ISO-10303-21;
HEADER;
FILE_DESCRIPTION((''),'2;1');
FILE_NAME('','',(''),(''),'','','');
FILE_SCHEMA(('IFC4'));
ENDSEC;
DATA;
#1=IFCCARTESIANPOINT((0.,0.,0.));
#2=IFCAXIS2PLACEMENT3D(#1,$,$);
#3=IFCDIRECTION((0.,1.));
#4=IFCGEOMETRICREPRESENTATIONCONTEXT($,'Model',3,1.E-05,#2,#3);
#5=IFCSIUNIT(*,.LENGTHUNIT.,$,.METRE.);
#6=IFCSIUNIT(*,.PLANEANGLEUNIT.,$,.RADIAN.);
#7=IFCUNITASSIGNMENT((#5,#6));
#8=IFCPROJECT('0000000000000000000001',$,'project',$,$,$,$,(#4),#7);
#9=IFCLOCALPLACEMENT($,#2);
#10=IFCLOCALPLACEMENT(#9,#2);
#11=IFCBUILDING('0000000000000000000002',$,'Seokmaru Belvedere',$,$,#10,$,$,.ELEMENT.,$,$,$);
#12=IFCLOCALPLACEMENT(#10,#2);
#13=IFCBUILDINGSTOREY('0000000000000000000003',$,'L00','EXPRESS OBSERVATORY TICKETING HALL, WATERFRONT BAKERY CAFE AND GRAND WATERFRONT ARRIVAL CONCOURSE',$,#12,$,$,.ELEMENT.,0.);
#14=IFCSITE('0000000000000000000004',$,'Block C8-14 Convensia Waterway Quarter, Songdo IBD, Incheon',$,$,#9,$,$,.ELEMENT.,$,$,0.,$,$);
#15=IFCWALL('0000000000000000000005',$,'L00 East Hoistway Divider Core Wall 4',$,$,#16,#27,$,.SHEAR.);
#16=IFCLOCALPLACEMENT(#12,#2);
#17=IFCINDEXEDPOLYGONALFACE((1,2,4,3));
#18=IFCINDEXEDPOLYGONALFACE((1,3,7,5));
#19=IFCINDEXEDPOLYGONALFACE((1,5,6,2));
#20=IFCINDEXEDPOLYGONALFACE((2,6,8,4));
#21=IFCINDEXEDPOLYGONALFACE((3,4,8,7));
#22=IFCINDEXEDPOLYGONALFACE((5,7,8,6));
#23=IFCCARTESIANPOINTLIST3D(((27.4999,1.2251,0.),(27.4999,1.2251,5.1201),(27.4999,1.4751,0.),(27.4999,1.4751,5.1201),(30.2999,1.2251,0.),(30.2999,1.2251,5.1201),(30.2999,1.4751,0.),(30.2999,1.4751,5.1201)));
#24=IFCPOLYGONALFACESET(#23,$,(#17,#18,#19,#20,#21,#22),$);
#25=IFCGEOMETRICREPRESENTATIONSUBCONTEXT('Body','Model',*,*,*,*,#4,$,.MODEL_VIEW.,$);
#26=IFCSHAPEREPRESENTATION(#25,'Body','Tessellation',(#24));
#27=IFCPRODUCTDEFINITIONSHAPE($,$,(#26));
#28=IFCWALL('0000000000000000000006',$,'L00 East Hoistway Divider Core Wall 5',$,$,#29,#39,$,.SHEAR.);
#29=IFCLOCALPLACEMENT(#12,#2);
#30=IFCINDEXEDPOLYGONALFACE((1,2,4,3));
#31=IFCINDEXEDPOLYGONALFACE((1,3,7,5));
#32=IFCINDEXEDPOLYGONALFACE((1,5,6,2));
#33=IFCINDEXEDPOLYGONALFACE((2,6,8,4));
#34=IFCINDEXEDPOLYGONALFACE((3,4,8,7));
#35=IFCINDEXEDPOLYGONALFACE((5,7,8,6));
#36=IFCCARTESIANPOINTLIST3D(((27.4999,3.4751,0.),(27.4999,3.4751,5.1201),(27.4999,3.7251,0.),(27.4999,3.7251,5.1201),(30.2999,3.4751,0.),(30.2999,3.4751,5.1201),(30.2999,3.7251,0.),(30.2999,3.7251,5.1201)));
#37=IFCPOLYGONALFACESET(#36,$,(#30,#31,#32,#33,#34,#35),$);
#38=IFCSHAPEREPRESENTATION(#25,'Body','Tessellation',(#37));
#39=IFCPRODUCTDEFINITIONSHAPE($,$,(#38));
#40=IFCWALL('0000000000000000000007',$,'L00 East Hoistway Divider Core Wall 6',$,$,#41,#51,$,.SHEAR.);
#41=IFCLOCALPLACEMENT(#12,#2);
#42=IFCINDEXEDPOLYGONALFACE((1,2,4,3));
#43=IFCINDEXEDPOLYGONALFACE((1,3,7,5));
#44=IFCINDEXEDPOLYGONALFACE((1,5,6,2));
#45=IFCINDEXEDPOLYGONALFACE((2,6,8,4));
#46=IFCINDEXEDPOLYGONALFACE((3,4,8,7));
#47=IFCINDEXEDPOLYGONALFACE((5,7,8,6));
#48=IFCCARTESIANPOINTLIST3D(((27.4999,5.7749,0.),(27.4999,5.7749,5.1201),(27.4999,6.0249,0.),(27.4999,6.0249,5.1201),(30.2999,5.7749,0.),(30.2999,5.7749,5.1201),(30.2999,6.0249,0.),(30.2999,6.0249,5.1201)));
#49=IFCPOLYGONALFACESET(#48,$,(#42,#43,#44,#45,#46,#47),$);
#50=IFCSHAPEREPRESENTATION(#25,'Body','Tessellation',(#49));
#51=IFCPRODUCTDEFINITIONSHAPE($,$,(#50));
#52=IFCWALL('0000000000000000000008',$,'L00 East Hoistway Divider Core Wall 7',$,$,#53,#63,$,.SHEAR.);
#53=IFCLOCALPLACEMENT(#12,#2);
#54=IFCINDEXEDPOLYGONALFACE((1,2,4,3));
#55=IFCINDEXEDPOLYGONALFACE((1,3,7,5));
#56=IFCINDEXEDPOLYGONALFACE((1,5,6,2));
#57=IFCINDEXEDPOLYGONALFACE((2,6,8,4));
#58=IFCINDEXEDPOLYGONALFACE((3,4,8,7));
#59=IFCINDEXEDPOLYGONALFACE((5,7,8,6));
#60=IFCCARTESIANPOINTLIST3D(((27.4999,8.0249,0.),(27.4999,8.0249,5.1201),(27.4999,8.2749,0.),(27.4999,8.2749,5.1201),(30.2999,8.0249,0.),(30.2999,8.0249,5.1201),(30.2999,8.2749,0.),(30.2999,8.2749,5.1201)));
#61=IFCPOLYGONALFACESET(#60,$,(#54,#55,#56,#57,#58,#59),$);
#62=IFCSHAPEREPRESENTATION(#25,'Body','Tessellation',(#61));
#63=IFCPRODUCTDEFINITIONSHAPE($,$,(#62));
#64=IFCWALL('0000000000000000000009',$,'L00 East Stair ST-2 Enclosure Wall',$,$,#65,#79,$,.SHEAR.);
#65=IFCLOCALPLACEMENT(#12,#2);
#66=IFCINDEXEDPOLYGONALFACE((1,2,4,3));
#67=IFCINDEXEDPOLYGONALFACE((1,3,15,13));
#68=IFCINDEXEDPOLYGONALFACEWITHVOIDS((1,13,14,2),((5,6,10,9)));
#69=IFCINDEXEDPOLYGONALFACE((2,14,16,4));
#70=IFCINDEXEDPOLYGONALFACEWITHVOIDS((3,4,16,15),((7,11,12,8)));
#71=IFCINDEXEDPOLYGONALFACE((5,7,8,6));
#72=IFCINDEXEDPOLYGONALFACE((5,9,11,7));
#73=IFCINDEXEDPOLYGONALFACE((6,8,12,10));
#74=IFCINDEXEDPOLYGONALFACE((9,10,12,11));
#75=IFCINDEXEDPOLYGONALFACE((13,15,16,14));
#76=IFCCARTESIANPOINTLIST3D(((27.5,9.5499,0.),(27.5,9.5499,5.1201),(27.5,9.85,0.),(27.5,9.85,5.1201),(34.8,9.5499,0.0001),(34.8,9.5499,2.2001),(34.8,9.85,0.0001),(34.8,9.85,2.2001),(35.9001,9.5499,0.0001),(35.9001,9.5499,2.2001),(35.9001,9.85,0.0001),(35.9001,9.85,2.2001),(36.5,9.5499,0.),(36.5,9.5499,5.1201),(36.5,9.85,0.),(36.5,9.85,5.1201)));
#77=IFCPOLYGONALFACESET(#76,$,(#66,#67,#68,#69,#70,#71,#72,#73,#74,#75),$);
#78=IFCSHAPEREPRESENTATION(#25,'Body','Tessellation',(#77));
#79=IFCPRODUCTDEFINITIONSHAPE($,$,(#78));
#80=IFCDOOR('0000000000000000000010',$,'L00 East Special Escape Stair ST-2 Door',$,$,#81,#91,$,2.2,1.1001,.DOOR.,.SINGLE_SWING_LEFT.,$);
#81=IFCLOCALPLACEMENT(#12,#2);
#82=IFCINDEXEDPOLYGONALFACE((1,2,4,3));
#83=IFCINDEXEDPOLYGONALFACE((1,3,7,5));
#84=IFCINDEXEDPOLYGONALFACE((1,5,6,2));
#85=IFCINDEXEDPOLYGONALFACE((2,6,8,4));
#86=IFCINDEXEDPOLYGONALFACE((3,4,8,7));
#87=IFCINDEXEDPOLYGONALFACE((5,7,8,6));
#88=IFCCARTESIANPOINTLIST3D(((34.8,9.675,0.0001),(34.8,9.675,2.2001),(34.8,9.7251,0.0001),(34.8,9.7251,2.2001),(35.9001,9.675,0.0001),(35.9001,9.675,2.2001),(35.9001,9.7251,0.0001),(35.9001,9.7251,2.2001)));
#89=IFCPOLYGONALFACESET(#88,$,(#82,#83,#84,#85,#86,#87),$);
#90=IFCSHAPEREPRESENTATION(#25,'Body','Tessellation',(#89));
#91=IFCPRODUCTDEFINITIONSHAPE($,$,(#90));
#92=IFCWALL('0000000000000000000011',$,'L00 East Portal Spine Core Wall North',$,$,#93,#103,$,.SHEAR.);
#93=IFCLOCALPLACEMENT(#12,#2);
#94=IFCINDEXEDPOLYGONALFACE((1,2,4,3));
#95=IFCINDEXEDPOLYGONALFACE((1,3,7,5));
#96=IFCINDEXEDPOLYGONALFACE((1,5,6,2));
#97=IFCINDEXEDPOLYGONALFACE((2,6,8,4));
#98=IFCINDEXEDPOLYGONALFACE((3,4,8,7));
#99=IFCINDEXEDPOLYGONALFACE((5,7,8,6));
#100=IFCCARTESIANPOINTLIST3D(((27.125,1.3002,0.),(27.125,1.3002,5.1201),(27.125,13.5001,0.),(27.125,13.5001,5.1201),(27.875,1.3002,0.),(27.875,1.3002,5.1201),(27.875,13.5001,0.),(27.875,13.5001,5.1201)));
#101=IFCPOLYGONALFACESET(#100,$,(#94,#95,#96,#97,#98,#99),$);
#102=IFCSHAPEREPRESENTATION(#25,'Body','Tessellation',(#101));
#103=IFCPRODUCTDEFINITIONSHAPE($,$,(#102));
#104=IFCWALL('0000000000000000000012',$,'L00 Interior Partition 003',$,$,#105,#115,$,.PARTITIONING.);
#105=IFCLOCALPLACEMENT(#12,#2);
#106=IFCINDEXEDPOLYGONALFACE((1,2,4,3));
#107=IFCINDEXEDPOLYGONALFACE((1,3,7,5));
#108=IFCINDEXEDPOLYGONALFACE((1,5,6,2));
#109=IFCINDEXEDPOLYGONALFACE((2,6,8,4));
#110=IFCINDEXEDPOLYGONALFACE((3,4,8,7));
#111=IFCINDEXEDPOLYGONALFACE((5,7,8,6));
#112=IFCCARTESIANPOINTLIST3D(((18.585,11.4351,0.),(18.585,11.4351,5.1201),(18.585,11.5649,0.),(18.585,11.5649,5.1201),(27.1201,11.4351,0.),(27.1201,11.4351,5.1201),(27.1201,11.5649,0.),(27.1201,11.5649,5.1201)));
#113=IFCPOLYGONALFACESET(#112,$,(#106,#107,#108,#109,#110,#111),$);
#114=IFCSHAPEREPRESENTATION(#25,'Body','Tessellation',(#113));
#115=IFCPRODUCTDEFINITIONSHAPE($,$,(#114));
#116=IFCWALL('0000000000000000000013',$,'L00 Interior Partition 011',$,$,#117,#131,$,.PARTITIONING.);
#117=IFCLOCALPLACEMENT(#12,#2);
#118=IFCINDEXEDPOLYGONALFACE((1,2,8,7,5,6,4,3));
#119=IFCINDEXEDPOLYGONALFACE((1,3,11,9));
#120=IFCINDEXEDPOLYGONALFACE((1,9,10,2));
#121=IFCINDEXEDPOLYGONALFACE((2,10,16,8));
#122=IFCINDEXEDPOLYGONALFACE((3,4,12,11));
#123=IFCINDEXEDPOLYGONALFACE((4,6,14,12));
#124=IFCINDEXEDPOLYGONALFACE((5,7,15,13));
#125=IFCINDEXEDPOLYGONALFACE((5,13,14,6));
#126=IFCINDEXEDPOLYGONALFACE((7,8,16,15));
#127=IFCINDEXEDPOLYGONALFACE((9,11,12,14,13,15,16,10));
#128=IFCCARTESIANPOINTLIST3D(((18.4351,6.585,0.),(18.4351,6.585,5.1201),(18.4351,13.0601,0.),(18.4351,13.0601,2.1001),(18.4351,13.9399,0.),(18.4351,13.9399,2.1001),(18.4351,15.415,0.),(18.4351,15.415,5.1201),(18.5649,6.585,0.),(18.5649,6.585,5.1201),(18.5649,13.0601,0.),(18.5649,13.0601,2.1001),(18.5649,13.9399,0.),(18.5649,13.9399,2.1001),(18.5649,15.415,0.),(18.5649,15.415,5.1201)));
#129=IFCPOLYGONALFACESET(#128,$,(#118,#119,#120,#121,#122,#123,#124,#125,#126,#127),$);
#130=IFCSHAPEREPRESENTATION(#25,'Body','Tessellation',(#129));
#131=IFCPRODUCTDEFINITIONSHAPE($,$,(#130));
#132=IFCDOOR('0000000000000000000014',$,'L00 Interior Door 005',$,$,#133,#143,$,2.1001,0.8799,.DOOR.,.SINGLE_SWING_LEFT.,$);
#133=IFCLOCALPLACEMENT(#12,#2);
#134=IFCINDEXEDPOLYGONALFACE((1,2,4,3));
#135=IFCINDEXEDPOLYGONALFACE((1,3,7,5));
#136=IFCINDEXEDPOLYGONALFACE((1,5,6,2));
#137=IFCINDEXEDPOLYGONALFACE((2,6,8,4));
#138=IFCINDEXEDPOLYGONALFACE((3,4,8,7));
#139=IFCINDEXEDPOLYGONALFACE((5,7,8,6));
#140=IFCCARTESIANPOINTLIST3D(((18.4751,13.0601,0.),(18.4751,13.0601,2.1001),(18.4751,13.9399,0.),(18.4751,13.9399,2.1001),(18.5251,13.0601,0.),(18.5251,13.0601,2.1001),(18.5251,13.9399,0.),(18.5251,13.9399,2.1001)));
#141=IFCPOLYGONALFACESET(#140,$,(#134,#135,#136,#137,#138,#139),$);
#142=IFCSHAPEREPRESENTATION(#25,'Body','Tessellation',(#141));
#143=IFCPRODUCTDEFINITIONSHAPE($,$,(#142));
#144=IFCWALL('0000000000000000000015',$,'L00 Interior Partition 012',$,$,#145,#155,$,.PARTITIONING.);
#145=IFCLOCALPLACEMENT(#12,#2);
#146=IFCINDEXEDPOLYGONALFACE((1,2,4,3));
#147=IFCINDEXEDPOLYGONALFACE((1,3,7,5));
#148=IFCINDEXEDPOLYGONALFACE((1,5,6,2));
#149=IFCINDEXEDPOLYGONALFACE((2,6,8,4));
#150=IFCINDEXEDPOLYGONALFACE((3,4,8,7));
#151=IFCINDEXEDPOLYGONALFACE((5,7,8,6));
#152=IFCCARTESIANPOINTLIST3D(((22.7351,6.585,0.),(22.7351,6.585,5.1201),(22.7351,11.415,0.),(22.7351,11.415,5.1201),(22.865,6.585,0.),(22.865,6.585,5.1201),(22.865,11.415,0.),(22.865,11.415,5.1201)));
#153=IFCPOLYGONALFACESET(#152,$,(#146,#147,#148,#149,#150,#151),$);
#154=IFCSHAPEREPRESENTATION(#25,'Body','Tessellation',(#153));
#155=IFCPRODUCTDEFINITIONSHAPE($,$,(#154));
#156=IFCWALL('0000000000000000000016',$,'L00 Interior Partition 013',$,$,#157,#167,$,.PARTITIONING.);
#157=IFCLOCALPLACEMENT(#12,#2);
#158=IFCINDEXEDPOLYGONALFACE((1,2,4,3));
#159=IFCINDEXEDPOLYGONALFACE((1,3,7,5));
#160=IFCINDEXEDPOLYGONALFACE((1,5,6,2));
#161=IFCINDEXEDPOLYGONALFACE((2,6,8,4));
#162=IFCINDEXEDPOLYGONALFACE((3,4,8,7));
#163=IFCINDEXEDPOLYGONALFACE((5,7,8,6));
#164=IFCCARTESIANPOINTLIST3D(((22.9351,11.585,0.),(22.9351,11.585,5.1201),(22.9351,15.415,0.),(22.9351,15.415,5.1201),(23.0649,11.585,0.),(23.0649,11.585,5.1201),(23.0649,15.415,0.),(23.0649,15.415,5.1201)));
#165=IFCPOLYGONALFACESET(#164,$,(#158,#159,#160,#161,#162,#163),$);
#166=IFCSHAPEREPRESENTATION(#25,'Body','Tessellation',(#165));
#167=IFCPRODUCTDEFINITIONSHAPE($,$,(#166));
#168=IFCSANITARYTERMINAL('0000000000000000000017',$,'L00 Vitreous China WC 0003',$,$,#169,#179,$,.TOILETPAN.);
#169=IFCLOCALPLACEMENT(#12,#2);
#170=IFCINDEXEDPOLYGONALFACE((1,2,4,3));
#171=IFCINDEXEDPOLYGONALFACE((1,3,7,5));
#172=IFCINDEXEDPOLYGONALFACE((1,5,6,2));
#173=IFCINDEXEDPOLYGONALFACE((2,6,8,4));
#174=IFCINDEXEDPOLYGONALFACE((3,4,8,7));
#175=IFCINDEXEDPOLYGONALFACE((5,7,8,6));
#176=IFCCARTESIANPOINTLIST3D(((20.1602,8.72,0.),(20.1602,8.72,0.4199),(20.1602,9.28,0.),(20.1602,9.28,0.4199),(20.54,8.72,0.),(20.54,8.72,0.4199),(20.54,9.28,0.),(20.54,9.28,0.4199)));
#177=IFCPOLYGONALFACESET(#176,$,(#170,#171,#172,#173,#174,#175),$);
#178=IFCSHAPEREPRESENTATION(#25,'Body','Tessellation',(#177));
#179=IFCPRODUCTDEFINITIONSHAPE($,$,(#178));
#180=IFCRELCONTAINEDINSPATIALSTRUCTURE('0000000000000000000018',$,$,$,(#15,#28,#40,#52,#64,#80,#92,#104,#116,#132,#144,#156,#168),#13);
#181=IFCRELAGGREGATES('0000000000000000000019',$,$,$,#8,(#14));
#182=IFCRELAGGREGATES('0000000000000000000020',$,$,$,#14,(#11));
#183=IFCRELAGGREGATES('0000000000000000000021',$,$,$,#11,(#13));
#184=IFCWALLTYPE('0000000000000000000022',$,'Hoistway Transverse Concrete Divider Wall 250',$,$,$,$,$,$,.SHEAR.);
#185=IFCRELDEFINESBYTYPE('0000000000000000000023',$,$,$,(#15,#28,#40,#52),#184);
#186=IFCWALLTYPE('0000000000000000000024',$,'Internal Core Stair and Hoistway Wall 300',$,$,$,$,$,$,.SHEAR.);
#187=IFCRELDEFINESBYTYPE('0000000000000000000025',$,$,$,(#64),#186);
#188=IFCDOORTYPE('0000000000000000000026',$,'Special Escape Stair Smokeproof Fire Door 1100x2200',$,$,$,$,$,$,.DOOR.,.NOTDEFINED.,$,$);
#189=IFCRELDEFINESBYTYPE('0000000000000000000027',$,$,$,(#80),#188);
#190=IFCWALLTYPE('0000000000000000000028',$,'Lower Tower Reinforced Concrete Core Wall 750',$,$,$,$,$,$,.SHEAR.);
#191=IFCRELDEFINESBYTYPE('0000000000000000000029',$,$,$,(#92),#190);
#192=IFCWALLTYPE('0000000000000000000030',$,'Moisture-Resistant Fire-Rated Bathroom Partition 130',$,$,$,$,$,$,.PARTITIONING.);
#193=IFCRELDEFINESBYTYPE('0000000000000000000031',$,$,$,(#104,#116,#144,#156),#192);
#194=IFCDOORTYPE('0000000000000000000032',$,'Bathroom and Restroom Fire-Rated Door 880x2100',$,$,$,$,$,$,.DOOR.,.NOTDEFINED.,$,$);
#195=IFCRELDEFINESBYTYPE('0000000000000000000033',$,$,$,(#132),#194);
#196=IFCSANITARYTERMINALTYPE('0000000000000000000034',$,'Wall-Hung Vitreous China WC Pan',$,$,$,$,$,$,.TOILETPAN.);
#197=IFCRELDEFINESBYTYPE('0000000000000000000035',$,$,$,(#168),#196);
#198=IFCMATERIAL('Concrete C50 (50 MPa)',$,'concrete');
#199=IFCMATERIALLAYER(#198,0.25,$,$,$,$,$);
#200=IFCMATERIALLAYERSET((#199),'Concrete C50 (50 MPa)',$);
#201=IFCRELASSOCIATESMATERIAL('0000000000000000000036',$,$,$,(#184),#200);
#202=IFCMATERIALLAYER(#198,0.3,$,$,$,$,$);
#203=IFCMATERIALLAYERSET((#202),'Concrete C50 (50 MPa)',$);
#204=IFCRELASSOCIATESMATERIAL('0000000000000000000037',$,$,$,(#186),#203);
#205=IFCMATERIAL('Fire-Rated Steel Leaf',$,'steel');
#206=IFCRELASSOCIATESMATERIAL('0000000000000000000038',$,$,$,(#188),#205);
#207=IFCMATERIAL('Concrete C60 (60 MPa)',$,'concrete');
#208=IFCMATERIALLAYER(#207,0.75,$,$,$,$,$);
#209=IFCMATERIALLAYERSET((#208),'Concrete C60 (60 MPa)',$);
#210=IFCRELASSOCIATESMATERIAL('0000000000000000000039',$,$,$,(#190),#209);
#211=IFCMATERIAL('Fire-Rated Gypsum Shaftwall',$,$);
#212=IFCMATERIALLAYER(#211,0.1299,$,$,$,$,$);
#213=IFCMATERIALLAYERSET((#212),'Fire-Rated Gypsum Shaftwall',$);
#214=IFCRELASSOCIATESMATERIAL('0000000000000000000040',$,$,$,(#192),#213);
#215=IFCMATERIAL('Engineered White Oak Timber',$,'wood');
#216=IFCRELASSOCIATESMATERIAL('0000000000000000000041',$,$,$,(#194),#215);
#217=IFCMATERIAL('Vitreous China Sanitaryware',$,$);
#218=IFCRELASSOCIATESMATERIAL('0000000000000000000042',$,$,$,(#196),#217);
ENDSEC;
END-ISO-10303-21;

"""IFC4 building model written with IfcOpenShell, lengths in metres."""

from ifc_helpers import new_model, si_unit, direction, frame, frame_2d, origin, origin_2d, place, context, subcontext, project, spatial, rectangle, extrude, source, transform, mapped, material, layer, layer_set, type_object, type_shapes, element, fill, save


model = new_model("IFC4")

# Units and contexts
model_context = context("Model", 3, precision=1e-05, world=origin(), true_north=direction((0.0, 1.0)))
body_context = subcontext(model_context, "Body", "Model", "MODEL_VIEW")
ifc_project = project(units=[si_unit("LENGTHUNIT", "METRE"), si_unit("PLANEANGLEUNIT", "RADIAN")], contexts=[model_context])

# Site, building, storey
site_placement = place(None, origin())
site = spatial("IfcSite", under=ifc_project, at=site_placement, Name="Block C8-14 Convensia Waterway Quarter, Songdo IBD, Incheon", CompositionType="ELEMENT", RefElevation=0.0)
building_placement = place(site_placement, origin())
building = spatial("IfcBuilding", under=site, at=building_placement, Name="Seokmaru Belvedere", CompositionType="ELEMENT")
storey_placement = place(building_placement, origin())
storey = spatial("IfcBuildingStorey", under=building, at=storey_placement, Name="L00", Description="EXPRESS OBSERVATORY TICKETING HALL, WATERFRONT BAKERY CAFE AND GRAND WATERFRONT ARRIVAL CONCOURSE", CompositionType="ELEMENT", Elevation=0.0)

# Walls
ifc_material_1 = material(Name="Concrete C50 (50 MPa)", Category="concrete")
ifc_layer_1 = layer(ifc_material_1, 0.25)
ifc_layer_set_1 = layer_set([ifc_layer_1], Name="Concrete C50 (50 MPa)")
wall_type_1 = type_object("IfcWallType", Name="Hoistway Transverse Concrete Divider Wall 250", PredefinedType="SHEAR", material=ifc_layer_set_1)
for number, where, z_axis, x_axis, name in (
    (1, (27.5, 1.3501, 0.0), (0.0, 0.0, 1.0), (1.0, 0.0, 0.0), "L00 East Hoistway Divider Core Wall 4"),
    (2, (27.5, 3.6001, 0.0), (0.0, 0.0, 1.0), (1.0, 0.0, 0.0), "L00 East Hoistway Divider Core Wall 5"),
    (3, (27.5, 5.8999, 0.0), (0.0, 0.0, 1.0), (1.0, 0.0, 0.0), "L00 East Hoistway Divider Core Wall 6"),
    (4, (27.5, 8.1499, 0.0), (0.0, 0.0, 1.0), (1.0, 0.0, 0.0), "L00 East Hoistway Divider Core Wall 7"),
):
    element("IfcWall", number, at=place(storey_placement, frame(where, z_axis=z_axis, x_axis=x_axis)), inside=storey, type_object=wall_type_1, Name=name, PredefinedType="SHEAR", context=body_context, shape_type="SweptSolid", body=[
        extrude(rectangle(XDim=2.8, YDim=0.25, at=frame_2d((1.3999, 0.0))), origin(), (0.0, 0.0, 1.0), 5.1201),
    ])

# Wall, opening, door
ifc_layer_2 = layer(ifc_material_1, 0.3)
ifc_layer_set_2 = layer_set([ifc_layer_2], Name="Concrete C50 (50 MPa)")
wall_type_2 = type_object("IfcWallType", Name="Internal Core Stair and Hoistway Wall 300", PredefinedType="SHEAR", material=ifc_layer_set_2)
wall_1_placement = place(storey_placement, frame((27.5, 9.7, 0.0), z_axis=(0.0, 0.0, 1.0), x_axis=(1.0, 0.0, 0.0)))
wall_1 = element("IfcWall", 5, at=wall_1_placement, inside=storey, type_object=wall_type_2, Name="L00 East Stair ST-2 Enclosure Wall", PredefinedType="SHEAR", context=body_context, shape_type="SweptSolid", body=[
    extrude(rectangle(XDim=9.0, YDim=0.3, at=frame_2d((4.5, 0.0))), origin(), (0.0, 0.0, 1.0), 5.1201),
])
opening_1_placement = place(wall_1_placement, frame((7.3, 0.0, 0.0)))
opening_1 = element("IfcOpeningElement", 6, at=opening_1_placement, cuts=wall_1, PredefinedType="OPENING", context=body_context, shape_type="SweptSolid", body=[
    extrude(rectangle(XDim=1.1001, YDim=2.2, at=frame_2d((0.55, 1.1001))), frame((0.0, 0.1602, 0.0), z_axis=(0.0, -1.0, 0.0), x_axis=(1.0, 0.0, 0.0)), (0.0, 0.0, 1.0), 0.3201),
])
ifc_material_2 = material(Name="Fire-Rated Steel Leaf", Category="steel")
door_type_1 = type_object("IfcDoorType", Name="Special Escape Stair Smokeproof Fire Door 1100x2200", OperationType="NOTDEFINED", PredefinedType="DOOR", material=ifc_material_2)
shared_shape_1 = source(origin(), body_context, "Body", "SweptSolid", [
    extrude(rectangle(XDim=1.1001, YDim=2.2, at=frame_2d((0.55, 1.1001))), frame((0.0, 0.0249, 0.0), z_axis=(0.0, -1.0, 0.0), x_axis=(1.0, 0.0, 0.0)), (0.0, 0.0, 1.0), 0.05),
])
type_shapes(door_type_1, [shared_shape_1])
door_1_placement = place(opening_1_placement, frame((1.1001, 0.0, 0.0), z_axis=(0.0, 0.0, 1.0), x_axis=(-1.0, 0.0, 0.0)))
door_1 = element("IfcDoor", 7, at=door_1_placement, inside=storey, type_object=door_type_1, Name="L00 East Special Escape Stair ST-2 Door", OperationType="SINGLE_SWING_LEFT", OverallHeight=2.2, OverallWidth=1.1001, PredefinedType="DOOR", context=body_context, shape_type="MappedRepresentation", body=[
    mapped(shared_shape_1, transform((0.0, 0.0, 0.0), scale=1.0)),
])
fill(opening_1, door_1)

# Walls
ifc_material_3 = material(Name="Concrete C60 (60 MPa)", Category="concrete")
ifc_layer_3 = layer(ifc_material_3, 0.75)
ifc_layer_set_3 = layer_set([ifc_layer_3], Name="Concrete C60 (60 MPa)")
wall_type_3 = type_object("IfcWallType", Name="Lower Tower Reinforced Concrete Core Wall 750", PredefinedType="SHEAR", material=ifc_layer_set_3)
wall_2_placement = place(storey_placement, frame((27.5, 1.3, 0.0), z_axis=(0.0, 0.0, 1.0), x_axis=(0.0, 1.0, 0.0)))
element("IfcWall", 8, at=wall_2_placement, inside=storey, type_object=wall_type_3, Name="L00 East Portal Spine Core Wall North", PredefinedType="SHEAR", context=body_context, shape_type="SweptSolid", body=[
    extrude(rectangle(XDim=12.2, YDim=0.75, at=frame_2d((6.1001, 0.0))), origin(), (0.0, 0.0, 1.0), 5.1201),
])
ifc_material_4 = material(Name="Fire-Rated Gypsum Shaftwall")
ifc_layer_4 = layer(ifc_material_4, 0.1299)
ifc_layer_set_4 = layer_set([ifc_layer_4], Name="Fire-Rated Gypsum Shaftwall")
wall_type_4 = type_object("IfcWallType", Name="Moisture-Resistant Fire-Rated Bathroom Partition 130", PredefinedType="PARTITIONING", material=ifc_layer_set_4)
wall_3_placement = place(storey_placement, frame((18.585, 11.5, 0.0), z_axis=(0.0, 0.0, 1.0), x_axis=(1.0, 0.0, 0.0)))
element("IfcWall", 9, at=wall_3_placement, inside=storey, type_object=wall_type_4, Name="L00 Interior Partition 003", PredefinedType="PARTITIONING", context=body_context, shape_type="SweptSolid", body=[
    extrude(rectangle(XDim=8.5352, YDim=0.1299, at=frame_2d((4.2676, 0.0))), origin(), (0.0, 0.0, 1.0), 5.1201),
])

# Wall, opening, door
wall_4_placement = place(storey_placement, frame((18.5, 6.585, 0.0), z_axis=(0.0, 0.0, 1.0), x_axis=(0.0, 1.0, 0.0)))
wall_4 = element("IfcWall", 10, at=wall_4_placement, inside=storey, type_object=wall_type_4, Name="L00 Interior Partition 011", PredefinedType="PARTITIONING", context=body_context, shape_type="SweptSolid", body=[
    extrude(rectangle(XDim=8.8301, YDim=0.1299, at=frame_2d((4.415, 0.0))), origin(), (0.0, 0.0, 1.0), 5.1201),
])
opening_2_placement = place(wall_4_placement, frame((6.4751, 0.0, 0.0)))
opening_2 = element("IfcOpeningElement", 11, at=opening_2_placement, cuts=wall_4, PredefinedType="OPENING", context=body_context, shape_type="SweptSolid", body=[
    extrude(rectangle(XDim=0.8799, YDim=2.1001, at=frame_2d((0.4399, 1.05))), frame((0.0, 0.075, 0.0), z_axis=(0.0, -1.0, 0.0), x_axis=(1.0, 0.0, 0.0)), (0.0, 0.0, 1.0), 0.1499),
])
ifc_material_5 = material(Name="Engineered White Oak Timber", Category="wood")
door_type_2 = type_object("IfcDoorType", Name="Bathroom and Restroom Fire-Rated Door 880x2100", OperationType="NOTDEFINED", PredefinedType="DOOR", material=ifc_material_5)
shared_shape_2 = source(origin(), body_context, "Body", "SweptSolid", [
    extrude(rectangle(XDim=0.8799, YDim=2.1001, at=frame_2d((0.4399, 1.05))), frame((0.0, 0.0249, 0.0), z_axis=(0.0, -1.0, 0.0), x_axis=(1.0, 0.0, 0.0)), (0.0, 0.0, 1.0), 0.05),
])
type_shapes(door_type_2, [shared_shape_2])
door_2_placement = place(opening_2_placement, origin())
door_2 = element("IfcDoor", 12, at=door_2_placement, inside=storey, type_object=door_type_2, Name="L00 Interior Door 005", OperationType="SINGLE_SWING_LEFT", OverallHeight=2.1001, OverallWidth=0.8799, PredefinedType="DOOR", context=body_context, shape_type="MappedRepresentation", body=[
    mapped(shared_shape_2, transform((0.0, 0.0, 0.0), scale=1.0)),
])
fill(opening_2, door_2)

# Walls
wall_5_placement = place(storey_placement, frame((22.8, 6.585, 0.0), z_axis=(0.0, 0.0, 1.0), x_axis=(0.0, 1.0, 0.0)))
element("IfcWall", 13, at=wall_5_placement, inside=storey, type_object=wall_type_4, Name="L00 Interior Partition 012", PredefinedType="PARTITIONING", context=body_context, shape_type="SweptSolid", body=[
    extrude(rectangle(XDim=4.8301, YDim=0.1299, at=frame_2d((2.415, 0.0))), origin(), (0.0, 0.0, 1.0), 5.1201),
])
wall_6_placement = place(storey_placement, frame((23.0, 11.585, 0.0), z_axis=(0.0, 0.0, 1.0), x_axis=(0.0, 1.0, 0.0)))
element("IfcWall", 14, at=wall_6_placement, inside=storey, type_object=wall_type_4, Name="L00 Interior Partition 013", PredefinedType="PARTITIONING", context=body_context, shape_type="SweptSolid", body=[
    extrude(rectangle(XDim=3.8301, YDim=0.1299, at=frame_2d((1.915, 0.0))), origin(), (0.0, 0.0, 1.0), 5.1201),
])

# Sanitary terminal
ifc_material_6 = material(Name="Vitreous China Sanitaryware")
sanitary_terminal_type_1 = type_object("IfcSanitaryTerminalType", Name="Wall-Hung Vitreous China WC Pan", PredefinedType="TOILETPAN", material=ifc_material_6)
shared_shape_3 = source(origin(), body_context, "Body", "SweptSolid", [
    extrude(rectangle(XDim=0.3799, YDim=0.5601, at=origin_2d()), origin(), (0.0, 0.0, 1.0), 0.4199),
])
type_shapes(sanitary_terminal_type_1, [shared_shape_3])
for number, where, z_axis, x_axis, name in (
    (15, (20.3501, 9.0, 0.0), (0.0, 0.0, 1.0), (1.0, 0.0, 0.0), "L00 Vitreous China WC 0003"),
):
    element("IfcSanitaryTerminal", number, at=place(storey_placement, frame(where, z_axis=z_axis, x_axis=x_axis)), inside=storey, type_object=sanitary_terminal_type_1, Name=name, PredefinedType="TOILETPAN", context=body_context, shape_type="MappedRepresentation", body=[
        mapped(shared_shape_3, transform((0.0, 0.0, 0.0), scale=1.0)),
    ])

save(model, "model.ifc")
